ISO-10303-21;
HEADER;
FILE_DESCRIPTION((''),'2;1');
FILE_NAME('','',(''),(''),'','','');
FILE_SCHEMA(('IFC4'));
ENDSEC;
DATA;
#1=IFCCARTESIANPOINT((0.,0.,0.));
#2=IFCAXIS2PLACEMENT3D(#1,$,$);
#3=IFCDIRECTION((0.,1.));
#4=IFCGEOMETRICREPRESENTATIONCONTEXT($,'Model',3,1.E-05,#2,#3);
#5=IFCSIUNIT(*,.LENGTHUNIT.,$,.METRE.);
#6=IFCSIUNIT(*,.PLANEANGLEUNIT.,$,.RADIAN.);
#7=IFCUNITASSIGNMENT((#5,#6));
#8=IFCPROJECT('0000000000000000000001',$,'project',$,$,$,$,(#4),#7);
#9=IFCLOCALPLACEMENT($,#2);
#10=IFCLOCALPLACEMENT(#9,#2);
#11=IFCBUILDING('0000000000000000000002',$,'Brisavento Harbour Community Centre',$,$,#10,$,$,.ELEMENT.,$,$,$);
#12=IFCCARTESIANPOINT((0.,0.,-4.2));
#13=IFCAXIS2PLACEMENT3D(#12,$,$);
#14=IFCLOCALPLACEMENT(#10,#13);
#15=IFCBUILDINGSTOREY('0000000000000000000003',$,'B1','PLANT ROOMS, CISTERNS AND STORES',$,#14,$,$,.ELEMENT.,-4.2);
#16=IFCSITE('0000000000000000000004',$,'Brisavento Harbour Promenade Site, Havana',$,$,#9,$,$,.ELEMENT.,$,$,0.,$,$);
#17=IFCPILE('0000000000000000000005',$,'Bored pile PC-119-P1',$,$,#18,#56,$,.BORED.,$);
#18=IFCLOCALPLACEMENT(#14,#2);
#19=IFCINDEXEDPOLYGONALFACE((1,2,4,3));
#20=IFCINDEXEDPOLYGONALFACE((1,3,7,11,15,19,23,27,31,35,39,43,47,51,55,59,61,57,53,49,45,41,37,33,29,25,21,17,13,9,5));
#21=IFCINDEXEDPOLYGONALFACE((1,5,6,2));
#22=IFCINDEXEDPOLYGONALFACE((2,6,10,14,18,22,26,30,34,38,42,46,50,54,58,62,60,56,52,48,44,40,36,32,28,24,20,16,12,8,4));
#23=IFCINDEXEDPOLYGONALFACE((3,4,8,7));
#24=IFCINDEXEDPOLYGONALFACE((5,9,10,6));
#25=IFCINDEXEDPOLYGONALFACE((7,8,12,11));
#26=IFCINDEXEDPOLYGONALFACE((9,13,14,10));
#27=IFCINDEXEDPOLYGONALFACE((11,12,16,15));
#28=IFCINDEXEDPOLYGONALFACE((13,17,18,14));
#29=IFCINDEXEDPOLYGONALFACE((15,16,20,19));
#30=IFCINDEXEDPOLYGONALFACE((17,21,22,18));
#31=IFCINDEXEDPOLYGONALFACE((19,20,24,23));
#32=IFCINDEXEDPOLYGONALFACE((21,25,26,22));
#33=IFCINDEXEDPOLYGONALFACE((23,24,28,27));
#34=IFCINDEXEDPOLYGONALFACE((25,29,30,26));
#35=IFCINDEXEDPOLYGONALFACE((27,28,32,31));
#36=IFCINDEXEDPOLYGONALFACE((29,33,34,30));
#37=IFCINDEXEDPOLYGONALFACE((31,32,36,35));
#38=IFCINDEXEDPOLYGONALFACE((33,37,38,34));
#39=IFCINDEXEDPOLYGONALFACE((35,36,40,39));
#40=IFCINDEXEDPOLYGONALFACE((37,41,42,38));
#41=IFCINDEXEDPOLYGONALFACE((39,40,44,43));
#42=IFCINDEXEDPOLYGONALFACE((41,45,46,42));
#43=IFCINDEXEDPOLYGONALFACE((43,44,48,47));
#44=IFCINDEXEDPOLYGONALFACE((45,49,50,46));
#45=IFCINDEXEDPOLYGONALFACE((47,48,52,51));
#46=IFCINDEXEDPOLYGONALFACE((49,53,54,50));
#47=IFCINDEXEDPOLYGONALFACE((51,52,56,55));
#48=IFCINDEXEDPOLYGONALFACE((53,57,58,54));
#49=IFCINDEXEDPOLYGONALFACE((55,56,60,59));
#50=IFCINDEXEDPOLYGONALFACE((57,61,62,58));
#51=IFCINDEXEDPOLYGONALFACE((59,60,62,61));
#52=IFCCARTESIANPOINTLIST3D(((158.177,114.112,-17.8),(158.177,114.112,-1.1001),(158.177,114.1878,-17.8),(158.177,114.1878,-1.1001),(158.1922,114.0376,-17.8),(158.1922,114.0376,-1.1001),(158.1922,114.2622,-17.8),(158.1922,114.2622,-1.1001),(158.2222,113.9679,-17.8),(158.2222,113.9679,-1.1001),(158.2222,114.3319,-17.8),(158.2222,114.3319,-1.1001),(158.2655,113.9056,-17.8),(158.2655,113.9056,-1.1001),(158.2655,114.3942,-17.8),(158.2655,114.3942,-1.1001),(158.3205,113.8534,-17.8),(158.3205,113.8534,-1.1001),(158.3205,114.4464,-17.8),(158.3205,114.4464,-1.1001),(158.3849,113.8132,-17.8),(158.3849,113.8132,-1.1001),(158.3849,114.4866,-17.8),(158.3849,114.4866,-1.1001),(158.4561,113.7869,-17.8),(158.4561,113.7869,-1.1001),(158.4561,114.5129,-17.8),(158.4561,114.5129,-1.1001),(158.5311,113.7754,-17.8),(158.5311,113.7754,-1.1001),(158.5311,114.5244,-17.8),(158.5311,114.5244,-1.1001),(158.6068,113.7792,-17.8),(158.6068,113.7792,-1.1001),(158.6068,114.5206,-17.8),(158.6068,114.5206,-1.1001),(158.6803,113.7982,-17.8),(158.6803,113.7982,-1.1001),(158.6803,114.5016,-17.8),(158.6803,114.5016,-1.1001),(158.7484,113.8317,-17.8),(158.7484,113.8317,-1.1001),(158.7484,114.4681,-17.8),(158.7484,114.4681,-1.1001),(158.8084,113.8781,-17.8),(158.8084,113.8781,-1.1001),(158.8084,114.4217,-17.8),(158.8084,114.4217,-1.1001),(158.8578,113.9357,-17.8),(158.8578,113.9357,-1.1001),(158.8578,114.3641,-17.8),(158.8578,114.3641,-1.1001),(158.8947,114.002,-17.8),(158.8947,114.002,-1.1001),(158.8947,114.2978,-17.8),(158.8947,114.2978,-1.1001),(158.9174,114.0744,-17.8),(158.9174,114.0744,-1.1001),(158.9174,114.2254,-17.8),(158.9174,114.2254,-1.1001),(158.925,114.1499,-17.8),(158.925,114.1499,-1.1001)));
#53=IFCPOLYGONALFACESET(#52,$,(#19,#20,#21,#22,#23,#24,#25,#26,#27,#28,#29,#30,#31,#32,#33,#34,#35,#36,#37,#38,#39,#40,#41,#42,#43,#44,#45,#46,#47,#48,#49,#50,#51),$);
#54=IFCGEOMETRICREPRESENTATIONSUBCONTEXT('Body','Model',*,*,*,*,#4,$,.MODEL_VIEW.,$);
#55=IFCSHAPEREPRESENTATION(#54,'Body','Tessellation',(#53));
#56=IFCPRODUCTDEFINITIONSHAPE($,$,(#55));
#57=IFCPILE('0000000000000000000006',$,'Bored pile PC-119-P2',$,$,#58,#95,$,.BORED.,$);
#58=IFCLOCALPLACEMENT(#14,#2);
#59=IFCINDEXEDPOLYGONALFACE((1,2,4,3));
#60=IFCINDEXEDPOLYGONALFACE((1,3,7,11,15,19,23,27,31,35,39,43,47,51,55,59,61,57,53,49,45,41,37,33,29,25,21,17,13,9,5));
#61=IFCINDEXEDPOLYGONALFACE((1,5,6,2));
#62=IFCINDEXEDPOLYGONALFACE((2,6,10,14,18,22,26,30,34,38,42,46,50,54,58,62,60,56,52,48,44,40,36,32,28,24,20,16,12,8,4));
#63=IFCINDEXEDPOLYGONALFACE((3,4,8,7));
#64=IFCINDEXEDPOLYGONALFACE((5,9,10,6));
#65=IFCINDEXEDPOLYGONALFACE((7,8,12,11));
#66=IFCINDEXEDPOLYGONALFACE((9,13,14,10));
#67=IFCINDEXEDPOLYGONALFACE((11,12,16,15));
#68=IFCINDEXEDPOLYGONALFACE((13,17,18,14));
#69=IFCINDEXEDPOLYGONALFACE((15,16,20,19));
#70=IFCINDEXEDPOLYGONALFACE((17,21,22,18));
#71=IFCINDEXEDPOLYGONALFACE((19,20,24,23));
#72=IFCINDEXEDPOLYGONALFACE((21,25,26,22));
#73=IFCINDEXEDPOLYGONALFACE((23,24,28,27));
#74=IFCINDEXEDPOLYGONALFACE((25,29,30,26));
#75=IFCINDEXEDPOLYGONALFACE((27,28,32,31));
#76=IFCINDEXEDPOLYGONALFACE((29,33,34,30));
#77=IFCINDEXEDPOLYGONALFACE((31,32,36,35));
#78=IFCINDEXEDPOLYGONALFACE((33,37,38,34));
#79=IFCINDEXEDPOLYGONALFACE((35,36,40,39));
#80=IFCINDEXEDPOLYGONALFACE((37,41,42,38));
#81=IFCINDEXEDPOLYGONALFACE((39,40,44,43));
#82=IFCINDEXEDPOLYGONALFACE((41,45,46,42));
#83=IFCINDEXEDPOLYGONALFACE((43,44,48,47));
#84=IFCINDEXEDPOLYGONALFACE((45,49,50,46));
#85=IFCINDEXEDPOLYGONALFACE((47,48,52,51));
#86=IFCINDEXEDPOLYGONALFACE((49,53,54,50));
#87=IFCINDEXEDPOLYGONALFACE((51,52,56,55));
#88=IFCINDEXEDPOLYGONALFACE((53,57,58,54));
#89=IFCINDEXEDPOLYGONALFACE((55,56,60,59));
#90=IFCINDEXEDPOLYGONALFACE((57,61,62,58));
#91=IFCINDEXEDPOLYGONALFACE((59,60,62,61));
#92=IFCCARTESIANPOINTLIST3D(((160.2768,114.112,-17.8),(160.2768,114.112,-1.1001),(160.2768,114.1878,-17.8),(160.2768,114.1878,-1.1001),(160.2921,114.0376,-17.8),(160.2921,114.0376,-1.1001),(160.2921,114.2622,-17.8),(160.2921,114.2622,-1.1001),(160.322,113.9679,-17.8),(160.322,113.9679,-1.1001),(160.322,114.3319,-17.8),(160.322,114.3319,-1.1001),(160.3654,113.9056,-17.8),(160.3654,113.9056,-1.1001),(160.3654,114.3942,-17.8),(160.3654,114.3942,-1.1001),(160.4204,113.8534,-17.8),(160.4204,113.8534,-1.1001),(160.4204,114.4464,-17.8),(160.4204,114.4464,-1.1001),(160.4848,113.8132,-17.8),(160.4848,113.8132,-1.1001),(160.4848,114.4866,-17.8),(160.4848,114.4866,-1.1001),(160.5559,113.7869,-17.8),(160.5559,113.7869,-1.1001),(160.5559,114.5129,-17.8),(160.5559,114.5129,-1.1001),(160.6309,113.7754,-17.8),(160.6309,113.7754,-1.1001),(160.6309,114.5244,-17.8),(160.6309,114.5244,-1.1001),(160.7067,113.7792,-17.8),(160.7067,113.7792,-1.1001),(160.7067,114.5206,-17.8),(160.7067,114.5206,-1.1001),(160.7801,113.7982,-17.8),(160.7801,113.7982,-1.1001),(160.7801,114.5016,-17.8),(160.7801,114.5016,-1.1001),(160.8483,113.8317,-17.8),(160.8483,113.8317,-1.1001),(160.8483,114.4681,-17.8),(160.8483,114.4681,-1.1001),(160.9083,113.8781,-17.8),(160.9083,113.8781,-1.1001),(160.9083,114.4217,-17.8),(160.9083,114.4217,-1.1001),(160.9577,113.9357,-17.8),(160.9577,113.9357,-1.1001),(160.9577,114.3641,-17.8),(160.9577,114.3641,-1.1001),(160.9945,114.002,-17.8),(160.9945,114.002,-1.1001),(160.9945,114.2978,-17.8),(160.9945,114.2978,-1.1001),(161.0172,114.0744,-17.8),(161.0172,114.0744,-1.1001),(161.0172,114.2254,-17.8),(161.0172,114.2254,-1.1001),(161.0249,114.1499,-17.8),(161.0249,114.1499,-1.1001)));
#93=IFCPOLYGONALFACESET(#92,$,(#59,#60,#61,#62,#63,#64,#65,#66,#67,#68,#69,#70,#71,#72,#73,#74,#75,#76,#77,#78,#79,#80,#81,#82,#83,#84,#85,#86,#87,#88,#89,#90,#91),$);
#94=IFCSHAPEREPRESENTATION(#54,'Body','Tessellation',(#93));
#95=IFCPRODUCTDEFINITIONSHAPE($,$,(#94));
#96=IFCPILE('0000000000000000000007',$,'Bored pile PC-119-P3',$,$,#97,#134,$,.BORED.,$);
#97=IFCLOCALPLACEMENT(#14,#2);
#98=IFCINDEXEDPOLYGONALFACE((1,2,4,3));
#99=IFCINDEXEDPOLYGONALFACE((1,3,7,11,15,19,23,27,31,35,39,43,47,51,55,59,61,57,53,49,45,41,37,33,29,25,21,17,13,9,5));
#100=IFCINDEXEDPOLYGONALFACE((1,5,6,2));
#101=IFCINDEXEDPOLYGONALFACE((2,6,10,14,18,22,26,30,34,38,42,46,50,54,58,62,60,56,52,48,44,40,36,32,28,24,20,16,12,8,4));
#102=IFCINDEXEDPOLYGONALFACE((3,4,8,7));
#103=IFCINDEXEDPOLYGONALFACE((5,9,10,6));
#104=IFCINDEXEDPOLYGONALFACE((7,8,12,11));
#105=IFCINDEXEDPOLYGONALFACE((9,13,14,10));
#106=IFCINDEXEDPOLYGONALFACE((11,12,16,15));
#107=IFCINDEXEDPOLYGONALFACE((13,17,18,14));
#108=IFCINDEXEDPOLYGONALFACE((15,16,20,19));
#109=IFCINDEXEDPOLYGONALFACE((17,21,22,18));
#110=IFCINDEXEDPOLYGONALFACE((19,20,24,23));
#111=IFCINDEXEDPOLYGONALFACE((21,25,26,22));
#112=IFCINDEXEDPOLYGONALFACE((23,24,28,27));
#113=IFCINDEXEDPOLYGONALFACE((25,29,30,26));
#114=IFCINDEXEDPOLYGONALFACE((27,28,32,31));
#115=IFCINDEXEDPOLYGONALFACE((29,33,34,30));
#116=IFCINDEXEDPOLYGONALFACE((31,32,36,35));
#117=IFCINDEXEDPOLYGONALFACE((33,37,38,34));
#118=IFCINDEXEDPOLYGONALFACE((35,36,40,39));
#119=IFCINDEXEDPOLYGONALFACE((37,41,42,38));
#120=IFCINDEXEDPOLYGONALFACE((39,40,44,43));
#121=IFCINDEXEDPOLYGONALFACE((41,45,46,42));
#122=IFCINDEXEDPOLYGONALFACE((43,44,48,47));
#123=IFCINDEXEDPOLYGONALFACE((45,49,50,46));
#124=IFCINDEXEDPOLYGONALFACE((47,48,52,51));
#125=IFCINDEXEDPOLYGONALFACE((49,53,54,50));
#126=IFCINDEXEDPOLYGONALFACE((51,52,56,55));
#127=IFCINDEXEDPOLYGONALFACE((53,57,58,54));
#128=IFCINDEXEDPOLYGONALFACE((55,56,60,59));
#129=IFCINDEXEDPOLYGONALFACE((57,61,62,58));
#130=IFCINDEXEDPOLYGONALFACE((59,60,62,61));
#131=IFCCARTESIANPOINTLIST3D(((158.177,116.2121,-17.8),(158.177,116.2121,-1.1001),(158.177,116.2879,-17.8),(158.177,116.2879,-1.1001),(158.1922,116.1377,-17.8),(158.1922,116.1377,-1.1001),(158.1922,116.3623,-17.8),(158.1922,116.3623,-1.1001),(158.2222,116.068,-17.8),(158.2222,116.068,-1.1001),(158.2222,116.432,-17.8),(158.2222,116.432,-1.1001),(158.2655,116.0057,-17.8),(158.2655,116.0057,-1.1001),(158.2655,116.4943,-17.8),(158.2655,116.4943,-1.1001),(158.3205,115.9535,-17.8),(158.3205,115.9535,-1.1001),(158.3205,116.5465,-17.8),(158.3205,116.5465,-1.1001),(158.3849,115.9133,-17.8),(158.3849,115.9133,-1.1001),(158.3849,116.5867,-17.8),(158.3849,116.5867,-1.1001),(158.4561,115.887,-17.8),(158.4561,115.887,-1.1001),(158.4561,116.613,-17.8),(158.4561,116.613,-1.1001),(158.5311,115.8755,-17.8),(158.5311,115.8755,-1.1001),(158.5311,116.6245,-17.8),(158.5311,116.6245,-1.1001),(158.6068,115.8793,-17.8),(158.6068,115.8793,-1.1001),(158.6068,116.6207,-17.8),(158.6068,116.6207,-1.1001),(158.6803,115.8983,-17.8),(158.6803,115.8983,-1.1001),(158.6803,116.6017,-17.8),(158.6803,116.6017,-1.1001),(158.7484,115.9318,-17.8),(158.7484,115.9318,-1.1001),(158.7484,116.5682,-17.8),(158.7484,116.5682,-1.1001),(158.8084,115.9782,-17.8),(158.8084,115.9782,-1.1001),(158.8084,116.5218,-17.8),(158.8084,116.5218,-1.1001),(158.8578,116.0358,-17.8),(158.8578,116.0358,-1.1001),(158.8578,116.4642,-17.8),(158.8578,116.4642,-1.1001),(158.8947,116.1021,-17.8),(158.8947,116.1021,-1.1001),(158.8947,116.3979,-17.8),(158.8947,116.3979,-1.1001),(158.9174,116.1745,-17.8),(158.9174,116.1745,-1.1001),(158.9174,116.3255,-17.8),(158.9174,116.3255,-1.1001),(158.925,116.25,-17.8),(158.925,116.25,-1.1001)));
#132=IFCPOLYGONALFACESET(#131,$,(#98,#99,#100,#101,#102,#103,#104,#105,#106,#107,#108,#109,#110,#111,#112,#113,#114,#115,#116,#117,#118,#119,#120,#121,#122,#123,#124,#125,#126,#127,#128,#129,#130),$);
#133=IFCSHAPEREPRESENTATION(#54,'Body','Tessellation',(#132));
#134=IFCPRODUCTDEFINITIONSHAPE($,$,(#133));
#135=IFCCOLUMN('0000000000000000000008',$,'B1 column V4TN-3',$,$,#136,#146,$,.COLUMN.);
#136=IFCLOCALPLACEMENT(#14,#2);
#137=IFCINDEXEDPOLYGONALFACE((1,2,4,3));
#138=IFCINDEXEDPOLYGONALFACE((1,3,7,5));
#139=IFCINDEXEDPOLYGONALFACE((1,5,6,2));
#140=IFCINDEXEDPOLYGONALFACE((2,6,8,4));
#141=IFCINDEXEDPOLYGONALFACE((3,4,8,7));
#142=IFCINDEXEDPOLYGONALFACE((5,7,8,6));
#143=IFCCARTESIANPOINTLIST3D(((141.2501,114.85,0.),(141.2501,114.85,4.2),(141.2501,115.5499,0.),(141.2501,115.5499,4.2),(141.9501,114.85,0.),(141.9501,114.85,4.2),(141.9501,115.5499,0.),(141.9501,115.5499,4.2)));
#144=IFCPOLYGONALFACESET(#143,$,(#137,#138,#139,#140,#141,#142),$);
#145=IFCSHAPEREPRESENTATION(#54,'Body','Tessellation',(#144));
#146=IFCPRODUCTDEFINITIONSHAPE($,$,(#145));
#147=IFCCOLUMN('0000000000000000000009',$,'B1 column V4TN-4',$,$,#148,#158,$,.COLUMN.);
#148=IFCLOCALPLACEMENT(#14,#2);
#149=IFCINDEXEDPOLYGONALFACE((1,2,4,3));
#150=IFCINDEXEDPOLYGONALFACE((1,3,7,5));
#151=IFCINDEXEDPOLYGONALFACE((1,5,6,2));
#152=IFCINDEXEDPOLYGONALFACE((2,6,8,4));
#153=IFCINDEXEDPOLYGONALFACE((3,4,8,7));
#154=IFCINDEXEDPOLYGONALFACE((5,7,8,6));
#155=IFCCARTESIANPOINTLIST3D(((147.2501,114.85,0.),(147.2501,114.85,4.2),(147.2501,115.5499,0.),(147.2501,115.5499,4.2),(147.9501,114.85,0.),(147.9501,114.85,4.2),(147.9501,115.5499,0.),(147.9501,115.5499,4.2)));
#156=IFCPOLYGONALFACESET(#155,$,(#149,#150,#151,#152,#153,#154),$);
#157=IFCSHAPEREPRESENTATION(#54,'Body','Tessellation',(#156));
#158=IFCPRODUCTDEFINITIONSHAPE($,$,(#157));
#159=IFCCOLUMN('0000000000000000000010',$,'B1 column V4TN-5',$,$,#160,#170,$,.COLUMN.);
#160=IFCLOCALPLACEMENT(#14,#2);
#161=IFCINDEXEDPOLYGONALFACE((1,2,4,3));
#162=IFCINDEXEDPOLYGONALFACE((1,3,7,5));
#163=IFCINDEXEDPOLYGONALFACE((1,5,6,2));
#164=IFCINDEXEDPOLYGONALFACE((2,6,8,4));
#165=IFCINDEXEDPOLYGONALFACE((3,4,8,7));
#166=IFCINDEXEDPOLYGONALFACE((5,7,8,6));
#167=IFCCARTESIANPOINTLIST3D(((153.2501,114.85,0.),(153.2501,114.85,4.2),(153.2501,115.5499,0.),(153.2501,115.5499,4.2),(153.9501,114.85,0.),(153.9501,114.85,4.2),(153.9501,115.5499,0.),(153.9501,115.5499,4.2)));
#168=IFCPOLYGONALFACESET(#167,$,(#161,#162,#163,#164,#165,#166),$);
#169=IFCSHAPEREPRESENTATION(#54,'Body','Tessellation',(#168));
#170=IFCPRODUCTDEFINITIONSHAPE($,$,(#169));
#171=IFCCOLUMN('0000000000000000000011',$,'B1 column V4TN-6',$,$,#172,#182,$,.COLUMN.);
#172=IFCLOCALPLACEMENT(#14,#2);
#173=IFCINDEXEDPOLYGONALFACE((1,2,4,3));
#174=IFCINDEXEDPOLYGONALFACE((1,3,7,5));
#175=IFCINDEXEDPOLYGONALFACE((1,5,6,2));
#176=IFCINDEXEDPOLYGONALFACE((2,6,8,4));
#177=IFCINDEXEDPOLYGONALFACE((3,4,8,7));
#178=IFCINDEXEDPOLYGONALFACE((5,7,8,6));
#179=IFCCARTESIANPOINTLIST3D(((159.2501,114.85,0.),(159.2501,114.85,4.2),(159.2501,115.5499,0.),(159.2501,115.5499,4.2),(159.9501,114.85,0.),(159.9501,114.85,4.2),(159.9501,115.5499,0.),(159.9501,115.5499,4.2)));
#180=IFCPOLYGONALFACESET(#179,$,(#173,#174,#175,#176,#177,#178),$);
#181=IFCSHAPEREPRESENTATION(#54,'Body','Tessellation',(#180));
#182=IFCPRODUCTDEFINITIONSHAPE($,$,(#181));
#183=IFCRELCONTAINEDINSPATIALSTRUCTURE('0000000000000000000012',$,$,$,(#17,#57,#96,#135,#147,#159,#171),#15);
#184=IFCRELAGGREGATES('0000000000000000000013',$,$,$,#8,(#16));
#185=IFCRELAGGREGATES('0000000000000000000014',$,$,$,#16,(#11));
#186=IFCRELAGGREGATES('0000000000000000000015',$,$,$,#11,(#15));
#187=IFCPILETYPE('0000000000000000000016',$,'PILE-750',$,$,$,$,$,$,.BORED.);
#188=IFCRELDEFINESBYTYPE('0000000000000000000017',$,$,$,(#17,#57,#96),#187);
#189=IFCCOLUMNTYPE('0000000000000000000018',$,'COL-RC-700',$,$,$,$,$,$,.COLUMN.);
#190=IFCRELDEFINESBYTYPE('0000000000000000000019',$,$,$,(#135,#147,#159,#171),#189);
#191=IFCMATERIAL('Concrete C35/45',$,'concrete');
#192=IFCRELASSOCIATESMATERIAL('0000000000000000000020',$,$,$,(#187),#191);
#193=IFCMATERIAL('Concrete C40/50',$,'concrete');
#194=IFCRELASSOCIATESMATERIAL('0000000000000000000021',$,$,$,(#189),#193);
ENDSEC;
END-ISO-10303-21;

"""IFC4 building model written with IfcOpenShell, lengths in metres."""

from ifc_helpers import new_model, si_unit, direction, frame, origin, origin_2d, place, context, subcontext, project, spatial, rectangle, circle, extrude, material, material_profile, profile_set, type_object, element, save


model = new_model("IFC4")

# Units and contexts
model_context = context("Model", 3, precision=1e-05, world=origin(), true_north=direction((0.0, 1.0)))
body_context = subcontext(model_context, "Body", "Model", "MODEL_VIEW")
ifc_project = project(units=[si_unit("LENGTHUNIT", "METRE"), si_unit("PLANEANGLEUNIT", "RADIAN")], contexts=[model_context])

# Site, building, storey
site_placement = place(None, origin())
site = spatial("IfcSite", under=ifc_project, at=site_placement, Name="Brisavento Harbour Promenade Site, Havana", CompositionType="ELEMENT", RefElevation=0.0)
building_placement = place(site_placement, origin())
building = spatial("IfcBuilding", under=site, at=building_placement, Name="Brisavento Harbour Community Centre", CompositionType="ELEMENT")
storey_placement = place(building_placement, frame((0.0, 0.0, -4.2)))
storey = spatial("IfcBuildingStorey", under=building, at=storey_placement, Name="B1", Description="PLANT ROOMS, CISTERNS AND STORES", CompositionType="ELEMENT", Elevation=-4.2)

# Shared definitions
ifc_material_1 = material(Name="Concrete C35/45", Category="concrete")

# Piles
ifc_material_profile_1 = material_profile(ifc_material_1, circle(Radius=0.375, at=origin_2d()), Name="Concrete C35/45")
ifc_profile_set_1 = profile_set([ifc_material_profile_1], Name="Concrete C35/45")
pile_type = type_object("IfcPileType", Name="PILE-750", PredefinedType="BORED", material=ifc_profile_set_1)
for number, where, z_axis, x_axis, name in (
    (1, (158.55, 114.1499, -1.1001), (0.0, 0.0, -1.0), (1.0, 0.0, 0.0), "Bored pile PC-119-P1"),
    (2, (160.6499, 114.1499, -1.1001), (0.0, 0.0, -1.0), (1.0, 0.0, 0.0), "Bored pile PC-119-P2"),
    (3, (158.55, 116.25, -1.1001), (0.0, 0.0, -1.0), (1.0, 0.0, 0.0), "Bored pile PC-119-P3"),
):
    element("IfcPile", number, at=place(storey_placement, frame(where, z_axis=z_axis, x_axis=x_axis)), inside=storey, type_object=pile_type, Name=name, PredefinedType="BORED", context=body_context, shape_type="SweptSolid", body=[
        extrude(circle(Radius=0.375, at=origin_2d()), origin(), (0.0, 0.0, 1.0), 16.7),
    ])

# Columns
ifc_material_2 = material(Name="Concrete C40/50", Category="concrete")
ifc_material_profile_2 = material_profile(ifc_material_2, rectangle(XDim=0.7, YDim=0.7, at=origin_2d()), Name="Concrete C40/50")
ifc_profile_set_2 = profile_set([ifc_material_profile_2], Name="Concrete C40/50")
column_type = type_object("IfcColumnType", Name="COL-RC-700", PredefinedType="COLUMN", material=ifc_profile_set_2)
for number, where, z_axis, x_axis, name in (
    (4, (141.6001, 115.2, 0.0), (0.0, 0.0, 1.0), (1.0, 0.0, 0.0), "B1 column V4TN-3"),
    (5, (147.6001, 115.2, 0.0), (0.0, 0.0, 1.0), (1.0, 0.0, 0.0), "B1 column V4TN-4"),
    (6, (153.6001, 115.2, 0.0), (0.0, 0.0, 1.0), (1.0, 0.0, 0.0), "B1 column V4TN-5"),
    (7, (159.6001, 115.2, 0.0), (0.0, 0.0, 1.0), (1.0, 0.0, 0.0), "B1 column V4TN-6"),
):
    element("IfcColumn", number, at=place(storey_placement, frame(where, z_axis=z_axis, x_axis=x_axis)), inside=storey, type_object=column_type, Name=name, PredefinedType="COLUMN", context=body_context, shape_type="SweptSolid", body=[
        extrude(rectangle(XDim=0.7, YDim=0.7, at=origin_2d()), origin(), (0.0, 0.0, 1.0), 4.2),
    ])

save(model, "model.ifc")
